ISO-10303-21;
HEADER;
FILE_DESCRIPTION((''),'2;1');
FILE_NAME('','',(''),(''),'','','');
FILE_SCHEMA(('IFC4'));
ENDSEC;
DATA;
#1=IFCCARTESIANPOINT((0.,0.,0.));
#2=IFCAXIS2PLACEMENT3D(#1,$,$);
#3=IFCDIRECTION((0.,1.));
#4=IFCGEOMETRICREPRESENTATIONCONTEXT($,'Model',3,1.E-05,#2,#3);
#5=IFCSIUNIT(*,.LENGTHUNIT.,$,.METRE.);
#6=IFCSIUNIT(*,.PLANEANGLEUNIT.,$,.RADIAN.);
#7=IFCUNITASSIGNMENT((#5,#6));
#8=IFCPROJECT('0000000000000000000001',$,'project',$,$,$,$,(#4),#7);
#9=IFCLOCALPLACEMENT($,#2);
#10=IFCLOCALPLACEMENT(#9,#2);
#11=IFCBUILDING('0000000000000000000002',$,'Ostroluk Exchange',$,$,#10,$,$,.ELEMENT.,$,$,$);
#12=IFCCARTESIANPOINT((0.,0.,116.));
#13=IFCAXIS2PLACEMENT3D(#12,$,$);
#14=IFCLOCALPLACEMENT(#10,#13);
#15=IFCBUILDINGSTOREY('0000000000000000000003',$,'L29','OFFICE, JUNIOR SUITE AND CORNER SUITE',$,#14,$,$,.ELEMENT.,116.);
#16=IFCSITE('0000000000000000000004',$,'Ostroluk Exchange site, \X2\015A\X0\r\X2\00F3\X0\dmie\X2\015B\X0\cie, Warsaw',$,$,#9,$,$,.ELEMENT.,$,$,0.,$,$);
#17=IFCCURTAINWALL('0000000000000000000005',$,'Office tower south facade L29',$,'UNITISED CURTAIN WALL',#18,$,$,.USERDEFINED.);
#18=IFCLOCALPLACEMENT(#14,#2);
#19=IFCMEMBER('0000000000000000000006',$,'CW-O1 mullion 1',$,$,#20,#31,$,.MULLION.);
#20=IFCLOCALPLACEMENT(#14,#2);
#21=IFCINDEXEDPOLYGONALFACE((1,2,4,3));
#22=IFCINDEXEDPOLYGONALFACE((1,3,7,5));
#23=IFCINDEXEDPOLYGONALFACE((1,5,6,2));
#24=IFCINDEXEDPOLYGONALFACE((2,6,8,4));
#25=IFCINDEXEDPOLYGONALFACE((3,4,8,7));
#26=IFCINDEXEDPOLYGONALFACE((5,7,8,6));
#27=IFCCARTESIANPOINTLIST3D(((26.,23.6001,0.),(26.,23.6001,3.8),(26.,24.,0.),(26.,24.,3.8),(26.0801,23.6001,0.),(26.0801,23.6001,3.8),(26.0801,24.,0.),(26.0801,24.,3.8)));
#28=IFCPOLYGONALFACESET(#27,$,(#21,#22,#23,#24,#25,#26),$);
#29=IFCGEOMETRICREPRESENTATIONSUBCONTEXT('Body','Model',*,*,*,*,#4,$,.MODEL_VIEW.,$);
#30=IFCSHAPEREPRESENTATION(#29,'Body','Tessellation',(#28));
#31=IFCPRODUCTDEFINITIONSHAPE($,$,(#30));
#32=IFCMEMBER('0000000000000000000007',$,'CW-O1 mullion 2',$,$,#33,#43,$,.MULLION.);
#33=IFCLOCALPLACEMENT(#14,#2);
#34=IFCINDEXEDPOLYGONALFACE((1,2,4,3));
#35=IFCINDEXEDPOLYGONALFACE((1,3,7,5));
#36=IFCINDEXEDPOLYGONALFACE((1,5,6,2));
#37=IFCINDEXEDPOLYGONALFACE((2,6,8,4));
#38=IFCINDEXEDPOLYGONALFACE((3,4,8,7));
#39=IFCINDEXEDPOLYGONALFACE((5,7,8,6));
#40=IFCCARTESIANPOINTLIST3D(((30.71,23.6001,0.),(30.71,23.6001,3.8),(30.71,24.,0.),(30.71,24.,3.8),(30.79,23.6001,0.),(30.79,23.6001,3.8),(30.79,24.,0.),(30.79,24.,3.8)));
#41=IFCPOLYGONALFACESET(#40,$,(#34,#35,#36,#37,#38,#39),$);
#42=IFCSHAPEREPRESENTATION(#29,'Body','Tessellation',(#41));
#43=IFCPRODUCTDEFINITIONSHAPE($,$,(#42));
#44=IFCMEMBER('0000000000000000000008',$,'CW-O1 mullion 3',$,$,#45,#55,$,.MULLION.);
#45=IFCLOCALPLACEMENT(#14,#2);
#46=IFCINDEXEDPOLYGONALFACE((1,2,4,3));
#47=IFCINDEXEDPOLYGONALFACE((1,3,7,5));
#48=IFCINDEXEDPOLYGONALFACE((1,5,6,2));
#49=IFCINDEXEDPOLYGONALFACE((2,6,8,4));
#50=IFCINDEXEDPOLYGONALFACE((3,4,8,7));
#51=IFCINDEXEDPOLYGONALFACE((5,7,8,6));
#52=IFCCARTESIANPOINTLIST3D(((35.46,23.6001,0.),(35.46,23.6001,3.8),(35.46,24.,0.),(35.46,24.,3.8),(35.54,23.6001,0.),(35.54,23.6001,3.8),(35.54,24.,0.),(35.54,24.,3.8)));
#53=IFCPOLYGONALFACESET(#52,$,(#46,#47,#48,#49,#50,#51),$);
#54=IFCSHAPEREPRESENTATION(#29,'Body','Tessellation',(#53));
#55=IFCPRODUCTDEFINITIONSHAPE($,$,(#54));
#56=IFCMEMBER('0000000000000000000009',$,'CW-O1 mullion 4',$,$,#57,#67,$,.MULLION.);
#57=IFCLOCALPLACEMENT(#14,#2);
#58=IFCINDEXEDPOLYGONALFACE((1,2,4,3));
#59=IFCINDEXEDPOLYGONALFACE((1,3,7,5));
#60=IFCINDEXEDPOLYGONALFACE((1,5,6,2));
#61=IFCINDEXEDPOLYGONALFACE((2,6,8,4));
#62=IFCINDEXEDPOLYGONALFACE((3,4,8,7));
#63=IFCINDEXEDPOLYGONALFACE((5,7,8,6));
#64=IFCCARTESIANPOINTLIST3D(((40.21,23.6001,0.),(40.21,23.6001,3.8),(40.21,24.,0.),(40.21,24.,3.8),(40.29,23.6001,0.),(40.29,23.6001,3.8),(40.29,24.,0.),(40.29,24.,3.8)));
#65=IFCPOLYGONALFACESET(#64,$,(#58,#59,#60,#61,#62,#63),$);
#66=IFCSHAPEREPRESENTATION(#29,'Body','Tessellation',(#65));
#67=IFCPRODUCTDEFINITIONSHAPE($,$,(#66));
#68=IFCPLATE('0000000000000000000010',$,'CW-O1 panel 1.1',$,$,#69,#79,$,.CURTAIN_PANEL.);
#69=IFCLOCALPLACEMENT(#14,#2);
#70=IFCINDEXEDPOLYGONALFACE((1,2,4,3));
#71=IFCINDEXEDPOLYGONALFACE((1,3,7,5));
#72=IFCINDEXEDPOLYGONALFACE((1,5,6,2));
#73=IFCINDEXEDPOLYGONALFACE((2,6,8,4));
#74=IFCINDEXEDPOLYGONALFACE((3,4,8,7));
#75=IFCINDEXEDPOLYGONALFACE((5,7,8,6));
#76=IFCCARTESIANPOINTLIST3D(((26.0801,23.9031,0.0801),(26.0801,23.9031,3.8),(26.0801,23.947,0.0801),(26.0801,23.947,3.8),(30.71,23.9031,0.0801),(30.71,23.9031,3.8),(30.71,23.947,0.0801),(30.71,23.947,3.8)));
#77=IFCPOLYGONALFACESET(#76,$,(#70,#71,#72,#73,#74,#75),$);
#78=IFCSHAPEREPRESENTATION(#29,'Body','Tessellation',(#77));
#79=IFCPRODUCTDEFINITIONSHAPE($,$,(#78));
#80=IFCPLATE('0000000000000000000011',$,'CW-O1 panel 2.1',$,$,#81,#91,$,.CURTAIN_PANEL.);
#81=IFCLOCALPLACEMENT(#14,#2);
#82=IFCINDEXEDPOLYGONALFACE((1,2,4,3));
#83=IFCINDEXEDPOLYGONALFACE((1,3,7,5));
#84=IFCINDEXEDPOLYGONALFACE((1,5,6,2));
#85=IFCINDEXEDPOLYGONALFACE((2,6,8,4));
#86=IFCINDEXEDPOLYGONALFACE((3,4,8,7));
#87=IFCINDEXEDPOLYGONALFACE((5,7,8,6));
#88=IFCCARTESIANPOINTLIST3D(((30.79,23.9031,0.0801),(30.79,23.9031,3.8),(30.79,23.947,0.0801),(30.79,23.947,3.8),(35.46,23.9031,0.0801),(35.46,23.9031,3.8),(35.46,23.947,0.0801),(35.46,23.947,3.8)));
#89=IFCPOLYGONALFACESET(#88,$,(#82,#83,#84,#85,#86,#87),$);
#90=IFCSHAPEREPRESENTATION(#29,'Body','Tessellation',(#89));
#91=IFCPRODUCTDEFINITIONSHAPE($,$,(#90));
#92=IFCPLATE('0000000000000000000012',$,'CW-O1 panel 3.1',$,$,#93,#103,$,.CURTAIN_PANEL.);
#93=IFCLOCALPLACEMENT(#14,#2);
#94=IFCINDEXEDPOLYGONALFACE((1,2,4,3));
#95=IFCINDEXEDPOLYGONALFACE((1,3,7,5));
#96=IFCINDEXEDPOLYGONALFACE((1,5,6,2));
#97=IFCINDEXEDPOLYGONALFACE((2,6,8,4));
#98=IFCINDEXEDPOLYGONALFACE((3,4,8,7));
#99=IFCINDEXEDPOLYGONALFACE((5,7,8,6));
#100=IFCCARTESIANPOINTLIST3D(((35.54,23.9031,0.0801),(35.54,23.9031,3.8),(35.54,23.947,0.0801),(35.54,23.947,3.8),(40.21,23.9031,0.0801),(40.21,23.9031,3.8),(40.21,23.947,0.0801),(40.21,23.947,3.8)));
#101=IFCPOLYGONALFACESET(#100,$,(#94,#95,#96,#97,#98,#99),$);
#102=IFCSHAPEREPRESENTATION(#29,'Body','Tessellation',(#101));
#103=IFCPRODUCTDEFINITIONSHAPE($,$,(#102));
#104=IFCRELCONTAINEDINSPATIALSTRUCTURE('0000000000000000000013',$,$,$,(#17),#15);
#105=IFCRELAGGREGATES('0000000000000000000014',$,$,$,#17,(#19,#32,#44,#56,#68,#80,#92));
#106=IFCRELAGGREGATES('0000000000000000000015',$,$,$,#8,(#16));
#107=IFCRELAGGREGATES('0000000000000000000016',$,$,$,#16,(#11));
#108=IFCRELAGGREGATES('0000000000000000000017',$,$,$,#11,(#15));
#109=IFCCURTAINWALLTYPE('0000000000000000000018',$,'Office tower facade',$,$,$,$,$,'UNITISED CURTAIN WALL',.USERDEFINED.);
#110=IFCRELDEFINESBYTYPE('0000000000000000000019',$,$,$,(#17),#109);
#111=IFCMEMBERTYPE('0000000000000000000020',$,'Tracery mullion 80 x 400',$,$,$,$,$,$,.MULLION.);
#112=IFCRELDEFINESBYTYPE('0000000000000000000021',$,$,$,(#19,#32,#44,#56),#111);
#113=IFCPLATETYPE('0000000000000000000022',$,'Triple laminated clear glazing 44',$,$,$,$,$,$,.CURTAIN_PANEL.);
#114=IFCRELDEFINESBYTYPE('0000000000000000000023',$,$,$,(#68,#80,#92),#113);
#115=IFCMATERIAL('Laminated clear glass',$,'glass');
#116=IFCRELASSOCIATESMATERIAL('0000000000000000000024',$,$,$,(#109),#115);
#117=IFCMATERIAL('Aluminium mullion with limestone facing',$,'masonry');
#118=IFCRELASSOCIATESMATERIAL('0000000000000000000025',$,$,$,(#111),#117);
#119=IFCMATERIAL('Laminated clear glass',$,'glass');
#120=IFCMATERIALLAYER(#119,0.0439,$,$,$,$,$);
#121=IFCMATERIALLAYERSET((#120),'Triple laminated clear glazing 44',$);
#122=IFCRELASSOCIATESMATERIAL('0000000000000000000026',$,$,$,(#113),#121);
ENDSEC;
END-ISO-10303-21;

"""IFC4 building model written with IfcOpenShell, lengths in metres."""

from ifc_helpers import new_model, si_unit, direction, frame, origin, origin_2d, place, context, subcontext, project, spatial, rectangle, extrude, material, layer, layer_set, material_profile, profile_set, type_object, element, aggregate, save


model = new_model("IFC4")

# Units and contexts
model_context = context("Model", 3, precision=1e-05, world=origin(), true_north=direction((0.0, 1.0)))
body_context = subcontext(model_context, "Body", "Model", "MODEL_VIEW")
ifc_project = project(units=[si_unit("LENGTHUNIT", "METRE"), si_unit("PLANEANGLEUNIT", "RADIAN")], contexts=[model_context])

# Site, building, storey
site_placement = place(None, origin())
site = spatial("IfcSite", under=ifc_project, at=site_placement, Name="Ostroluk Exchange site, Śródmieście, Warsaw", CompositionType="ELEMENT", RefElevation=0.0)
building_placement = place(site_placement, origin())
building = spatial("IfcBuilding", under=site, at=building_placement, Name="Ostroluk Exchange", CompositionType="ELEMENT")
storey_placement = place(building_placement, frame((0.0, 0.0, 116.0)))
storey = spatial("IfcBuildingStorey", under=building, at=storey_placement, Name="L29", Description="OFFICE, JUNIOR SUITE AND CORNER SUITE", CompositionType="ELEMENT", Elevation=116.0)

# Curtain wall, members, plates
ifc_material_1 = material(Name="Laminated clear glass", Category="glass")
curtain_wall_type = type_object("IfcCurtainWallType", Name="Office tower facade", ElementType="UNITISED CURTAIN WALL", PredefinedType="USERDEFINED", material=ifc_material_1)
curtain_wall_placement = place(storey_placement, origin())
curtain_wall = element("IfcCurtainWall", 1, at=curtain_wall_placement, inside=storey, type_object=curtain_wall_type, Name="Office tower south facade L29", ObjectType="UNITISED CURTAIN WALL", PredefinedType="USERDEFINED")
ifc_material_2 = material(Name="Aluminium mullion with limestone facing", Category="masonry")
ifc_material_profile_1 = material_profile(ifc_material_2, rectangle(XDim=0.3999, YDim=0.0801, at=origin_2d()), Name="Tracery mullion 80 x 400")
ifc_profile_set_1 = profile_set([ifc_material_profile_1], Name="Aluminium mullion with limestone facing")
member_type_1 = type_object("IfcMemberType", Name="Tracery mullion 80 x 400", PredefinedType="MULLION", material=ifc_profile_set_1)
member_1_placement = place(storey_placement, frame((26.04, 23.8, 0.0), z_axis=(0.0, 0.0, 1.0), x_axis=(0.0, 1.0, 0.0)))
member_1 = element("IfcMember", 2, at=member_1_placement, type_object=member_type_1, Name="CW-O1 mullion 1", PredefinedType="MULLION", context=body_context, shape_type="SweptSolid", body=[
    extrude(rectangle(XDim=0.3999, YDim=0.0801, at=origin_2d()), origin(), (0.0, 0.0, 1.0), 3.8),
])
member_2_placement = place(storey_placement, frame((30.75, 23.8, 0.0), z_axis=(0.0, 0.0, 1.0), x_axis=(0.0, 1.0, 0.0)))
member_2 = element("IfcMember", 3, at=member_2_placement, type_object=member_type_1, Name="CW-O1 mullion 2", PredefinedType="MULLION", context=body_context, shape_type="SweptSolid", body=[
    extrude(rectangle(XDim=0.3999, YDim=0.0801, at=origin_2d()), origin(), (0.0, 0.0, 1.0), 3.8),
])
member_3_placement = place(storey_placement, frame((35.5, 23.8, 0.0), z_axis=(0.0, 0.0, 1.0), x_axis=(0.0, 1.0, 0.0)))
member_3 = element("IfcMember", 4, at=member_3_placement, type_object=member_type_1, Name="CW-O1 mullion 3", PredefinedType="MULLION", context=body_context, shape_type="SweptSolid", body=[
    extrude(rectangle(XDim=0.3999, YDim=0.0801, at=origin_2d()), origin(), (0.0, 0.0, 1.0), 3.8),
])
member_4_placement = place(storey_placement, frame((40.25, 23.8, 0.0), z_axis=(0.0, 0.0, 1.0), x_axis=(0.0, 1.0, 0.0)))
member_4 = element("IfcMember", 5, at=member_4_placement, type_object=member_type_1, Name="CW-O1 mullion 4", PredefinedType="MULLION", context=body_context, shape_type="SweptSolid", body=[
    extrude(rectangle(XDim=0.3999, YDim=0.0801, at=origin_2d()), origin(), (0.0, 0.0, 1.0), 3.8),
])
ifc_material_3 = material(Name="Laminated clear glass", Category="glass")
ifc_layer_1 = layer(ifc_material_3, 0.0439)
ifc_layer_set_1 = layer_set([ifc_layer_1], Name="Triple laminated clear glazing 44")
plate_type = type_object("IfcPlateType", Name="Triple laminated clear glazing 44", PredefinedType="CURTAIN_PANEL", material=ifc_layer_set_1)
plate_1_placement = place(storey_placement, frame((28.395, 23.925, 0.0801), z_axis=(0.0, 0.0, 1.0), x_axis=(1.0, 0.0, 0.0)))
plate_1 = element("IfcPlate", 6, at=plate_1_placement, type_object=plate_type, Name="CW-O1 panel 1.1", PredefinedType="CURTAIN_PANEL", context=body_context, shape_type="SweptSolid", body=[
    extrude(rectangle(XDim=4.6299, YDim=0.0439, at=origin_2d()), origin(), (0.0, 0.0, 1.0), 3.72),
])
plate_2_placement = place(storey_placement, frame((33.125, 23.925, 0.0801), z_axis=(0.0, 0.0, 1.0), x_axis=(1.0, 0.0, 0.0)))
plate_2 = element("IfcPlate", 7, at=plate_2_placement, type_object=plate_type, Name="CW-O1 panel 2.1", PredefinedType="CURTAIN_PANEL", context=body_context, shape_type="SweptSolid", body=[
    extrude(rectangle(XDim=4.6699, YDim=0.0439, at=origin_2d()), origin(), (0.0, 0.0, 1.0), 3.72),
])
plate_3_placement = place(storey_placement, frame((37.875, 23.925, 0.0801), z_axis=(0.0, 0.0, 1.0), x_axis=(1.0, 0.0, 0.0)))
plate_3 = element("IfcPlate", 8, at=plate_3_placement, type_object=plate_type, Name="CW-O1 panel 3.1", PredefinedType="CURTAIN_PANEL", context=body_context, shape_type="SweptSolid", body=[
    extrude(rectangle(XDim=4.6699, YDim=0.0439, at=origin_2d()), origin(), (0.0, 0.0, 1.0), 3.72),
])
aggregate(curtain_wall, [member_1, member_2, member_3, member_4, plate_1, plate_2, plate_3])

save(model, "model.ifc")
